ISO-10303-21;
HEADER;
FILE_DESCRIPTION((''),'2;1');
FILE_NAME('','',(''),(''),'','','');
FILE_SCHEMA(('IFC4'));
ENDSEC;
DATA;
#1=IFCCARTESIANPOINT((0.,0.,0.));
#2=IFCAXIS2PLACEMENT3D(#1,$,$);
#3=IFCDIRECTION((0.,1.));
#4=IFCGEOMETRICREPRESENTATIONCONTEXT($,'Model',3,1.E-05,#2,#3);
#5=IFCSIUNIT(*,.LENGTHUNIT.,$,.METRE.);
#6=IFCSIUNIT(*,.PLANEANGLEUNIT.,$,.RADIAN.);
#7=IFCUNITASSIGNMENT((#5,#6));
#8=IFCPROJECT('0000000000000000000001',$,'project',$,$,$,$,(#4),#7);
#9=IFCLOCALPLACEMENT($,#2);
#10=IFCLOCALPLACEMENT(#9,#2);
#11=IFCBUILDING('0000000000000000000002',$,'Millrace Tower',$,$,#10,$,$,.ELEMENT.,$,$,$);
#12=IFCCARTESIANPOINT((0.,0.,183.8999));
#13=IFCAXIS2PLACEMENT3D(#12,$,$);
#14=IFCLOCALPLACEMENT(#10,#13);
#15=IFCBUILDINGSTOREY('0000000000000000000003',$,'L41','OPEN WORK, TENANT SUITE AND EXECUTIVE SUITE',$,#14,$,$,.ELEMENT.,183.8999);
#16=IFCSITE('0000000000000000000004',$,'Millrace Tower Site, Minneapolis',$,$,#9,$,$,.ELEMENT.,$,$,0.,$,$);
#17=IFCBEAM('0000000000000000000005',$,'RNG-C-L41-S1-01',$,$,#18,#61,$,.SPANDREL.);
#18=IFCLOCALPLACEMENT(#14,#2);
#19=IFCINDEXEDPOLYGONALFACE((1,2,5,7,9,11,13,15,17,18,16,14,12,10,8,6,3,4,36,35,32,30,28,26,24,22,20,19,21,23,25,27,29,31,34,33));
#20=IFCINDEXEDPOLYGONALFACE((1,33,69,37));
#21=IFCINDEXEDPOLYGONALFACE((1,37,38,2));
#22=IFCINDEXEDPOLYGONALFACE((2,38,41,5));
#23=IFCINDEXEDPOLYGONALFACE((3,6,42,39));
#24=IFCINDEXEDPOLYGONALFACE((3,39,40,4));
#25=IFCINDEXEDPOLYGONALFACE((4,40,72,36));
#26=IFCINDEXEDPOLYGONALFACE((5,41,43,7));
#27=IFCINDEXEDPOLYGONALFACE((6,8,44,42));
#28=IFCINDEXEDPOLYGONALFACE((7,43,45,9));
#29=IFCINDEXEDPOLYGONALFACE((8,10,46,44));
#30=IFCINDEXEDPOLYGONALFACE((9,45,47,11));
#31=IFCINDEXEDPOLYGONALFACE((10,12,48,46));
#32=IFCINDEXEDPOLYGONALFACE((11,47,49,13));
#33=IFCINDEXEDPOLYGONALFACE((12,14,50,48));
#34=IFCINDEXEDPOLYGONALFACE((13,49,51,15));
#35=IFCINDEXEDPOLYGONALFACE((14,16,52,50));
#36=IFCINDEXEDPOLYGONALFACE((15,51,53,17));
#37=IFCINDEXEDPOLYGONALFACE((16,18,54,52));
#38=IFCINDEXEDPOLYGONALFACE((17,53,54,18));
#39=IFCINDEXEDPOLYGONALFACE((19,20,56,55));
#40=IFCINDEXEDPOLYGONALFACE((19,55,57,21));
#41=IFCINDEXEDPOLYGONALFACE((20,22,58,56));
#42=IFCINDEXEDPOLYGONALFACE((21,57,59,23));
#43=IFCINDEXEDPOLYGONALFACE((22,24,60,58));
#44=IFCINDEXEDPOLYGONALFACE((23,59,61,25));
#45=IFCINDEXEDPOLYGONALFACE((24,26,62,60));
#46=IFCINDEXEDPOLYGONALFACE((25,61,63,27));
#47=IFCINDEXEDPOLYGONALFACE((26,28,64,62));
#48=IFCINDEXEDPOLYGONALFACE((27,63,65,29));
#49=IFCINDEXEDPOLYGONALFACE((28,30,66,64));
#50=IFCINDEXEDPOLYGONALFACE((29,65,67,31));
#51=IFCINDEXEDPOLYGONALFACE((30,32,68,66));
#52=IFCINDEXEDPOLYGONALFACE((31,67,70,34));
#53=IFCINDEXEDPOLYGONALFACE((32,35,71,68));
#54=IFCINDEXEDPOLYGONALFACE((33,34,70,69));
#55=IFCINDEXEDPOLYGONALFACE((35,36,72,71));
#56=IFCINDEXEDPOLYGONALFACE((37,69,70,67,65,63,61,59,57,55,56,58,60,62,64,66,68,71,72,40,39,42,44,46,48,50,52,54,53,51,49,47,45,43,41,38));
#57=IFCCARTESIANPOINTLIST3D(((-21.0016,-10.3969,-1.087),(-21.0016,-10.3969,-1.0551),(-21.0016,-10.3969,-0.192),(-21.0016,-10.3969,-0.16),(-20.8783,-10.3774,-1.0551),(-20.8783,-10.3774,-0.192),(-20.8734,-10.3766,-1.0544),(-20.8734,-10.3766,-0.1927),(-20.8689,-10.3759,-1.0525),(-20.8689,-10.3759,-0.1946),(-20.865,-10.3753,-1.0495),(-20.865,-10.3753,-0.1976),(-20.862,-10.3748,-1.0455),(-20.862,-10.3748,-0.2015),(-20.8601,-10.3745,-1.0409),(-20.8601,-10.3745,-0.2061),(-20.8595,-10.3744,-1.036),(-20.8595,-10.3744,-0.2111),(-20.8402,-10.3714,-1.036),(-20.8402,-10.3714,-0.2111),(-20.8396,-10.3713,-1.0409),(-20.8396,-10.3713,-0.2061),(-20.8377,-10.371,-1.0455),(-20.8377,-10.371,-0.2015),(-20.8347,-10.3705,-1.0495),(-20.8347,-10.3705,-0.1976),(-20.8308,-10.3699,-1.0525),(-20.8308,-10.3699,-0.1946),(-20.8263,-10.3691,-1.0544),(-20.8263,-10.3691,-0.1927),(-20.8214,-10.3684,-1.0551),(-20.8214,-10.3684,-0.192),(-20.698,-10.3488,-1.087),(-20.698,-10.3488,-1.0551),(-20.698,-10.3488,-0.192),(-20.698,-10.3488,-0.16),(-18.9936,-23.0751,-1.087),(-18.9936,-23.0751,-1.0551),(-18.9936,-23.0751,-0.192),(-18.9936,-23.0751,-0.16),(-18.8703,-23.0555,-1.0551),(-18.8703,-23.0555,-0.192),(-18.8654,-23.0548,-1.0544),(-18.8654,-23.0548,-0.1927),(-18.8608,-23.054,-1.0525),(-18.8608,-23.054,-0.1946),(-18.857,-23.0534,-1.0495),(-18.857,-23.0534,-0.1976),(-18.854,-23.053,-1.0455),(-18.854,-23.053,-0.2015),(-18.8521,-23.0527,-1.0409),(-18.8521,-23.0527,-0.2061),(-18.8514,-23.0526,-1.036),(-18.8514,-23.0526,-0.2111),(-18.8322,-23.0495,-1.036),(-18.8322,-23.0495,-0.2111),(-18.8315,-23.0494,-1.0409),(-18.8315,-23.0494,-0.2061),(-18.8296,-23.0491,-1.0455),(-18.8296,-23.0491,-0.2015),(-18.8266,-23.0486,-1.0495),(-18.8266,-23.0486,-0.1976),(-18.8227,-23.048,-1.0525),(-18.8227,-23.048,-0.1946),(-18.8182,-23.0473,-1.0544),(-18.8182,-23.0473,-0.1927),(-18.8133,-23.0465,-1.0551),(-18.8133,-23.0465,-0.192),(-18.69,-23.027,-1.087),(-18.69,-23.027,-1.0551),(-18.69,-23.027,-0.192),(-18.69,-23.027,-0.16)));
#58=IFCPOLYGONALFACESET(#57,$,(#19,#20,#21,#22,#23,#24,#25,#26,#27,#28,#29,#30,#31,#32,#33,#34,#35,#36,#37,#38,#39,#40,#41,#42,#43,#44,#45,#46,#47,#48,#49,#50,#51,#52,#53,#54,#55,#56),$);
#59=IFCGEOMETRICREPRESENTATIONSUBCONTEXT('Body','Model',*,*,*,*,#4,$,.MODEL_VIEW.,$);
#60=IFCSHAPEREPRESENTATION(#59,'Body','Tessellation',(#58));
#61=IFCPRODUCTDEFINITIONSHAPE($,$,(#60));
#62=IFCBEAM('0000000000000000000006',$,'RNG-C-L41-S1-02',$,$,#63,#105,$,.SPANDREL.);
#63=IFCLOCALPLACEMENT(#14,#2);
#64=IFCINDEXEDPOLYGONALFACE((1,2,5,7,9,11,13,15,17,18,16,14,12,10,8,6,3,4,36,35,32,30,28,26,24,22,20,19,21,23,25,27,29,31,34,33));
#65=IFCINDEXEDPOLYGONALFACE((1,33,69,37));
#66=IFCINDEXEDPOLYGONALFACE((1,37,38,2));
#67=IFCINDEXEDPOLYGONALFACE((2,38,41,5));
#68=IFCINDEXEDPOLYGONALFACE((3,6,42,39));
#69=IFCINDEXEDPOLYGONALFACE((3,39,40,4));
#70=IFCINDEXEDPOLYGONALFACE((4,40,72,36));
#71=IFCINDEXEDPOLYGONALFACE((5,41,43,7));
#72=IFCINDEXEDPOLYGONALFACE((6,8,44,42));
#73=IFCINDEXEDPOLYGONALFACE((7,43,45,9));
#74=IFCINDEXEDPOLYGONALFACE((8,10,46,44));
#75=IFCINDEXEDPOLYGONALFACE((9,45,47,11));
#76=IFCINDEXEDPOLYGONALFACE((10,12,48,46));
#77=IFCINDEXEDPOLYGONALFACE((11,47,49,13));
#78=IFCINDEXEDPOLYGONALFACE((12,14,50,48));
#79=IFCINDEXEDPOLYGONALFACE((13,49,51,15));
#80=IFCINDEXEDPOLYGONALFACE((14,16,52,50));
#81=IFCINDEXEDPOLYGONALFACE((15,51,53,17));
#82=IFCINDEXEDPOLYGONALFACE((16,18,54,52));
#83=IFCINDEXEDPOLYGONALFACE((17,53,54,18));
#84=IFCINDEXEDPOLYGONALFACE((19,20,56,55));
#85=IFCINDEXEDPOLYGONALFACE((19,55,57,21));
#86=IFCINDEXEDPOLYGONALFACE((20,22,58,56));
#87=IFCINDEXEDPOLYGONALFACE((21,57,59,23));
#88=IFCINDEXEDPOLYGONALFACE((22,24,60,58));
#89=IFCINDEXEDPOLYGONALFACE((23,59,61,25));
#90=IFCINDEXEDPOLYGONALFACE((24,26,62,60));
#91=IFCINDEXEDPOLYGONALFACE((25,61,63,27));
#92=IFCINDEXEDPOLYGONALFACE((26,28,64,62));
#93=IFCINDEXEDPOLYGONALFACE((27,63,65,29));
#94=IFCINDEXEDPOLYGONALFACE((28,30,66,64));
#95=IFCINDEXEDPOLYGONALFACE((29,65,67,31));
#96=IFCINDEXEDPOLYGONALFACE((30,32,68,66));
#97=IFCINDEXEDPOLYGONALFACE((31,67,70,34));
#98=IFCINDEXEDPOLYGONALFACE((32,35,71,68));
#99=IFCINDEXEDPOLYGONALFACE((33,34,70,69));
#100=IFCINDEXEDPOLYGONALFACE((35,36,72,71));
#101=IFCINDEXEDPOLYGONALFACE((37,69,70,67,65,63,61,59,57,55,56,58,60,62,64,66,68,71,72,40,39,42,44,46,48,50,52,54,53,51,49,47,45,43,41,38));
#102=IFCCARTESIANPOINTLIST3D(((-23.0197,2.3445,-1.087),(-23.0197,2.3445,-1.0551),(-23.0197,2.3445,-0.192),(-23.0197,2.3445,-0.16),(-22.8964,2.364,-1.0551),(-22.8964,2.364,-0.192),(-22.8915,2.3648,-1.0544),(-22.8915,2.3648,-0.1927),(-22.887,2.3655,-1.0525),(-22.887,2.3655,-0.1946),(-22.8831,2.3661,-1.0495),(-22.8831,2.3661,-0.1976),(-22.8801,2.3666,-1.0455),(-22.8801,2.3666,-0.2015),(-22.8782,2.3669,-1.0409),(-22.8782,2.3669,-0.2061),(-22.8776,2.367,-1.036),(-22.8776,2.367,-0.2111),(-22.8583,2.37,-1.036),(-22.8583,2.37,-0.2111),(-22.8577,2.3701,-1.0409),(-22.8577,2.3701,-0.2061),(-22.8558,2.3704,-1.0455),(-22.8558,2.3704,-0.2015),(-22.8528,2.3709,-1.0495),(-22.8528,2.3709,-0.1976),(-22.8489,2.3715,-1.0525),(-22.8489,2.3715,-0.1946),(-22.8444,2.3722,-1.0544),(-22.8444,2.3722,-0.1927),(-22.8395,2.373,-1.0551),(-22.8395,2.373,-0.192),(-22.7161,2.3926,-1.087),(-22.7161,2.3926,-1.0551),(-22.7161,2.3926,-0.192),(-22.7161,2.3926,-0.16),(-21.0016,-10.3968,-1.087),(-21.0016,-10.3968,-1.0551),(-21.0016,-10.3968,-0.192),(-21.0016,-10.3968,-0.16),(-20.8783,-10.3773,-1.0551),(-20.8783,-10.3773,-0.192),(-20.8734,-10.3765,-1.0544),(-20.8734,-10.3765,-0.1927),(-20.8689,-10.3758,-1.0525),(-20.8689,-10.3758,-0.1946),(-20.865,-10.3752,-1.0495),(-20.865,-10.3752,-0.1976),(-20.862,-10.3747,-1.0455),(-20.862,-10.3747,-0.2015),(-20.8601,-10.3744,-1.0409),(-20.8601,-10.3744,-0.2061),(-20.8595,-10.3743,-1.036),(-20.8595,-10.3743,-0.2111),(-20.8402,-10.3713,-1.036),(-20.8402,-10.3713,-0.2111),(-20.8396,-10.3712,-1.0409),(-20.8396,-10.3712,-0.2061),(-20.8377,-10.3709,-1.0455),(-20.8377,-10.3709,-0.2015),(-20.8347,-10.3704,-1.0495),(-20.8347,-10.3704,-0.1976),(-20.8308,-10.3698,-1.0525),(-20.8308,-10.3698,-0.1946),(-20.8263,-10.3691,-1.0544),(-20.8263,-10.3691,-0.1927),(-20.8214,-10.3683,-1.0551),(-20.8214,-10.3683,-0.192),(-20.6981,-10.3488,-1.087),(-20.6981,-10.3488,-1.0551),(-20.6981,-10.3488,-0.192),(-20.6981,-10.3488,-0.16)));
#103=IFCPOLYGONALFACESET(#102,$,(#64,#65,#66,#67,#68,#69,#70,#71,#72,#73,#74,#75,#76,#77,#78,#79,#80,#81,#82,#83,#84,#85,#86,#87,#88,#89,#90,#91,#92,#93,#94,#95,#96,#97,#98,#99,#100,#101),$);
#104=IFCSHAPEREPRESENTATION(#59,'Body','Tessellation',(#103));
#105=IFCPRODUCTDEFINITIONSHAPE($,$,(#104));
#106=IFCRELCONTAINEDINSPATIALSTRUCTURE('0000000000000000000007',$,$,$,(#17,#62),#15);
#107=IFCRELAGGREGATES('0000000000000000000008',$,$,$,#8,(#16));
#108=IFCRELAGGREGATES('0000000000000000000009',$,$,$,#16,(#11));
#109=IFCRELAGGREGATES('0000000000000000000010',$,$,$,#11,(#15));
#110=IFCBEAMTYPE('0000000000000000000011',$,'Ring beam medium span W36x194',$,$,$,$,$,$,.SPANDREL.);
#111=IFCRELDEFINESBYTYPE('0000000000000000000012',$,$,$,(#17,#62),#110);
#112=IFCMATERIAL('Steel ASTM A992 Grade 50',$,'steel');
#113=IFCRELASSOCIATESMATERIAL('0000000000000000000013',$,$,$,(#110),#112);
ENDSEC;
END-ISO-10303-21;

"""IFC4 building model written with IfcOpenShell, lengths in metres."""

from ifc_helpers import new_model, si_unit, direction, frame, origin, origin_2d, place, context, subcontext, project, spatial, i_section, extrude, material, material_profile, profile_set, type_object, element, save


model = new_model("IFC4")

# Units and contexts
model_context = context("Model", 3, precision=1e-05, world=origin(), true_north=direction((0.0, 1.0)))
body_context = subcontext(model_context, "Body", "Model", "MODEL_VIEW")
ifc_project = project(units=[si_unit("LENGTHUNIT", "METRE"), si_unit("PLANEANGLEUNIT", "RADIAN")], contexts=[model_context])

# Site, building, storey
site_placement = place(None, origin())
site = spatial("IfcSite", under=ifc_project, at=site_placement, Name="Millrace Tower Site, Minneapolis", CompositionType="ELEMENT", RefElevation=0.0)
building_placement = place(site_placement, origin())
building = spatial("IfcBuilding", under=site, at=building_placement, Name="Millrace Tower", CompositionType="ELEMENT")
storey_placement = place(building_placement, frame((0.0, 0.0, 183.8999)))
storey = spatial("IfcBuildingStorey", under=building, at=storey_placement, Name="L41", Description="OPEN WORK, TENANT SUITE AND EXECUTIVE SUITE", CompositionType="ELEMENT", Elevation=183.8999)

# Beams
ifc_material_1 = material(Name="Steel ASTM A992 Grade 50", Category="steel")
ifc_material_profile_1 = material_profile(ifc_material_1, i_section(OverallWidth=0.3074, OverallDepth=0.927, WebThickness=0.0195, FlangeThickness=0.032, FilletRadius=0.019, at=origin_2d()))
ifc_profile_set_1 = profile_set([ifc_material_profile_1], Name="Steel ASTM A992 Grade 50")
beam_type_1 = type_object("IfcBeamType", Name="Ring beam medium span W36x194", PredefinedType="SPANDREL", material=ifc_profile_set_1)
beam_1_placement = place(storey_placement, frame((-18.8418, -23.051, -0.6235), z_axis=(-0.156436, 0.987688, 0.0), x_axis=(-0.987688, -0.156436, 0.0)))
element("IfcBeam", 1, at=beam_1_placement, inside=storey, type_object=beam_type_1, Name="RNG-C-L41-S1-01", PredefinedType="SPANDREL", context=body_context, shape_type="SweptSolid", body=[
    extrude(i_section(OverallWidth=0.3074, OverallDepth=0.927, WebThickness=0.0195, FlangeThickness=0.032, FilletRadius=0.019, at=origin_2d()), origin(), (0.0, 0.0, 1.0), 12.8362),
])
beam_2_placement = place(storey_placement, frame((-20.8499, -10.3728, -0.6235), z_axis=(-0.156439, 0.987688, 0.0), x_axis=(-0.987688, -0.156439, 0.0)))
element("IfcBeam", 2, at=beam_2_placement, inside=storey, type_object=beam_type_1, Name="RNG-C-L41-S1-02", PredefinedType="SPANDREL", context=body_context, shape_type="SweptSolid", body=[
    extrude(i_section(OverallWidth=0.3074, OverallDepth=0.927, WebThickness=0.0195, FlangeThickness=0.032, FilletRadius=0.019, at=origin_2d()), origin(), (0.0, 0.0, 1.0), 12.9001),
])

save(model, "model.ifc")
